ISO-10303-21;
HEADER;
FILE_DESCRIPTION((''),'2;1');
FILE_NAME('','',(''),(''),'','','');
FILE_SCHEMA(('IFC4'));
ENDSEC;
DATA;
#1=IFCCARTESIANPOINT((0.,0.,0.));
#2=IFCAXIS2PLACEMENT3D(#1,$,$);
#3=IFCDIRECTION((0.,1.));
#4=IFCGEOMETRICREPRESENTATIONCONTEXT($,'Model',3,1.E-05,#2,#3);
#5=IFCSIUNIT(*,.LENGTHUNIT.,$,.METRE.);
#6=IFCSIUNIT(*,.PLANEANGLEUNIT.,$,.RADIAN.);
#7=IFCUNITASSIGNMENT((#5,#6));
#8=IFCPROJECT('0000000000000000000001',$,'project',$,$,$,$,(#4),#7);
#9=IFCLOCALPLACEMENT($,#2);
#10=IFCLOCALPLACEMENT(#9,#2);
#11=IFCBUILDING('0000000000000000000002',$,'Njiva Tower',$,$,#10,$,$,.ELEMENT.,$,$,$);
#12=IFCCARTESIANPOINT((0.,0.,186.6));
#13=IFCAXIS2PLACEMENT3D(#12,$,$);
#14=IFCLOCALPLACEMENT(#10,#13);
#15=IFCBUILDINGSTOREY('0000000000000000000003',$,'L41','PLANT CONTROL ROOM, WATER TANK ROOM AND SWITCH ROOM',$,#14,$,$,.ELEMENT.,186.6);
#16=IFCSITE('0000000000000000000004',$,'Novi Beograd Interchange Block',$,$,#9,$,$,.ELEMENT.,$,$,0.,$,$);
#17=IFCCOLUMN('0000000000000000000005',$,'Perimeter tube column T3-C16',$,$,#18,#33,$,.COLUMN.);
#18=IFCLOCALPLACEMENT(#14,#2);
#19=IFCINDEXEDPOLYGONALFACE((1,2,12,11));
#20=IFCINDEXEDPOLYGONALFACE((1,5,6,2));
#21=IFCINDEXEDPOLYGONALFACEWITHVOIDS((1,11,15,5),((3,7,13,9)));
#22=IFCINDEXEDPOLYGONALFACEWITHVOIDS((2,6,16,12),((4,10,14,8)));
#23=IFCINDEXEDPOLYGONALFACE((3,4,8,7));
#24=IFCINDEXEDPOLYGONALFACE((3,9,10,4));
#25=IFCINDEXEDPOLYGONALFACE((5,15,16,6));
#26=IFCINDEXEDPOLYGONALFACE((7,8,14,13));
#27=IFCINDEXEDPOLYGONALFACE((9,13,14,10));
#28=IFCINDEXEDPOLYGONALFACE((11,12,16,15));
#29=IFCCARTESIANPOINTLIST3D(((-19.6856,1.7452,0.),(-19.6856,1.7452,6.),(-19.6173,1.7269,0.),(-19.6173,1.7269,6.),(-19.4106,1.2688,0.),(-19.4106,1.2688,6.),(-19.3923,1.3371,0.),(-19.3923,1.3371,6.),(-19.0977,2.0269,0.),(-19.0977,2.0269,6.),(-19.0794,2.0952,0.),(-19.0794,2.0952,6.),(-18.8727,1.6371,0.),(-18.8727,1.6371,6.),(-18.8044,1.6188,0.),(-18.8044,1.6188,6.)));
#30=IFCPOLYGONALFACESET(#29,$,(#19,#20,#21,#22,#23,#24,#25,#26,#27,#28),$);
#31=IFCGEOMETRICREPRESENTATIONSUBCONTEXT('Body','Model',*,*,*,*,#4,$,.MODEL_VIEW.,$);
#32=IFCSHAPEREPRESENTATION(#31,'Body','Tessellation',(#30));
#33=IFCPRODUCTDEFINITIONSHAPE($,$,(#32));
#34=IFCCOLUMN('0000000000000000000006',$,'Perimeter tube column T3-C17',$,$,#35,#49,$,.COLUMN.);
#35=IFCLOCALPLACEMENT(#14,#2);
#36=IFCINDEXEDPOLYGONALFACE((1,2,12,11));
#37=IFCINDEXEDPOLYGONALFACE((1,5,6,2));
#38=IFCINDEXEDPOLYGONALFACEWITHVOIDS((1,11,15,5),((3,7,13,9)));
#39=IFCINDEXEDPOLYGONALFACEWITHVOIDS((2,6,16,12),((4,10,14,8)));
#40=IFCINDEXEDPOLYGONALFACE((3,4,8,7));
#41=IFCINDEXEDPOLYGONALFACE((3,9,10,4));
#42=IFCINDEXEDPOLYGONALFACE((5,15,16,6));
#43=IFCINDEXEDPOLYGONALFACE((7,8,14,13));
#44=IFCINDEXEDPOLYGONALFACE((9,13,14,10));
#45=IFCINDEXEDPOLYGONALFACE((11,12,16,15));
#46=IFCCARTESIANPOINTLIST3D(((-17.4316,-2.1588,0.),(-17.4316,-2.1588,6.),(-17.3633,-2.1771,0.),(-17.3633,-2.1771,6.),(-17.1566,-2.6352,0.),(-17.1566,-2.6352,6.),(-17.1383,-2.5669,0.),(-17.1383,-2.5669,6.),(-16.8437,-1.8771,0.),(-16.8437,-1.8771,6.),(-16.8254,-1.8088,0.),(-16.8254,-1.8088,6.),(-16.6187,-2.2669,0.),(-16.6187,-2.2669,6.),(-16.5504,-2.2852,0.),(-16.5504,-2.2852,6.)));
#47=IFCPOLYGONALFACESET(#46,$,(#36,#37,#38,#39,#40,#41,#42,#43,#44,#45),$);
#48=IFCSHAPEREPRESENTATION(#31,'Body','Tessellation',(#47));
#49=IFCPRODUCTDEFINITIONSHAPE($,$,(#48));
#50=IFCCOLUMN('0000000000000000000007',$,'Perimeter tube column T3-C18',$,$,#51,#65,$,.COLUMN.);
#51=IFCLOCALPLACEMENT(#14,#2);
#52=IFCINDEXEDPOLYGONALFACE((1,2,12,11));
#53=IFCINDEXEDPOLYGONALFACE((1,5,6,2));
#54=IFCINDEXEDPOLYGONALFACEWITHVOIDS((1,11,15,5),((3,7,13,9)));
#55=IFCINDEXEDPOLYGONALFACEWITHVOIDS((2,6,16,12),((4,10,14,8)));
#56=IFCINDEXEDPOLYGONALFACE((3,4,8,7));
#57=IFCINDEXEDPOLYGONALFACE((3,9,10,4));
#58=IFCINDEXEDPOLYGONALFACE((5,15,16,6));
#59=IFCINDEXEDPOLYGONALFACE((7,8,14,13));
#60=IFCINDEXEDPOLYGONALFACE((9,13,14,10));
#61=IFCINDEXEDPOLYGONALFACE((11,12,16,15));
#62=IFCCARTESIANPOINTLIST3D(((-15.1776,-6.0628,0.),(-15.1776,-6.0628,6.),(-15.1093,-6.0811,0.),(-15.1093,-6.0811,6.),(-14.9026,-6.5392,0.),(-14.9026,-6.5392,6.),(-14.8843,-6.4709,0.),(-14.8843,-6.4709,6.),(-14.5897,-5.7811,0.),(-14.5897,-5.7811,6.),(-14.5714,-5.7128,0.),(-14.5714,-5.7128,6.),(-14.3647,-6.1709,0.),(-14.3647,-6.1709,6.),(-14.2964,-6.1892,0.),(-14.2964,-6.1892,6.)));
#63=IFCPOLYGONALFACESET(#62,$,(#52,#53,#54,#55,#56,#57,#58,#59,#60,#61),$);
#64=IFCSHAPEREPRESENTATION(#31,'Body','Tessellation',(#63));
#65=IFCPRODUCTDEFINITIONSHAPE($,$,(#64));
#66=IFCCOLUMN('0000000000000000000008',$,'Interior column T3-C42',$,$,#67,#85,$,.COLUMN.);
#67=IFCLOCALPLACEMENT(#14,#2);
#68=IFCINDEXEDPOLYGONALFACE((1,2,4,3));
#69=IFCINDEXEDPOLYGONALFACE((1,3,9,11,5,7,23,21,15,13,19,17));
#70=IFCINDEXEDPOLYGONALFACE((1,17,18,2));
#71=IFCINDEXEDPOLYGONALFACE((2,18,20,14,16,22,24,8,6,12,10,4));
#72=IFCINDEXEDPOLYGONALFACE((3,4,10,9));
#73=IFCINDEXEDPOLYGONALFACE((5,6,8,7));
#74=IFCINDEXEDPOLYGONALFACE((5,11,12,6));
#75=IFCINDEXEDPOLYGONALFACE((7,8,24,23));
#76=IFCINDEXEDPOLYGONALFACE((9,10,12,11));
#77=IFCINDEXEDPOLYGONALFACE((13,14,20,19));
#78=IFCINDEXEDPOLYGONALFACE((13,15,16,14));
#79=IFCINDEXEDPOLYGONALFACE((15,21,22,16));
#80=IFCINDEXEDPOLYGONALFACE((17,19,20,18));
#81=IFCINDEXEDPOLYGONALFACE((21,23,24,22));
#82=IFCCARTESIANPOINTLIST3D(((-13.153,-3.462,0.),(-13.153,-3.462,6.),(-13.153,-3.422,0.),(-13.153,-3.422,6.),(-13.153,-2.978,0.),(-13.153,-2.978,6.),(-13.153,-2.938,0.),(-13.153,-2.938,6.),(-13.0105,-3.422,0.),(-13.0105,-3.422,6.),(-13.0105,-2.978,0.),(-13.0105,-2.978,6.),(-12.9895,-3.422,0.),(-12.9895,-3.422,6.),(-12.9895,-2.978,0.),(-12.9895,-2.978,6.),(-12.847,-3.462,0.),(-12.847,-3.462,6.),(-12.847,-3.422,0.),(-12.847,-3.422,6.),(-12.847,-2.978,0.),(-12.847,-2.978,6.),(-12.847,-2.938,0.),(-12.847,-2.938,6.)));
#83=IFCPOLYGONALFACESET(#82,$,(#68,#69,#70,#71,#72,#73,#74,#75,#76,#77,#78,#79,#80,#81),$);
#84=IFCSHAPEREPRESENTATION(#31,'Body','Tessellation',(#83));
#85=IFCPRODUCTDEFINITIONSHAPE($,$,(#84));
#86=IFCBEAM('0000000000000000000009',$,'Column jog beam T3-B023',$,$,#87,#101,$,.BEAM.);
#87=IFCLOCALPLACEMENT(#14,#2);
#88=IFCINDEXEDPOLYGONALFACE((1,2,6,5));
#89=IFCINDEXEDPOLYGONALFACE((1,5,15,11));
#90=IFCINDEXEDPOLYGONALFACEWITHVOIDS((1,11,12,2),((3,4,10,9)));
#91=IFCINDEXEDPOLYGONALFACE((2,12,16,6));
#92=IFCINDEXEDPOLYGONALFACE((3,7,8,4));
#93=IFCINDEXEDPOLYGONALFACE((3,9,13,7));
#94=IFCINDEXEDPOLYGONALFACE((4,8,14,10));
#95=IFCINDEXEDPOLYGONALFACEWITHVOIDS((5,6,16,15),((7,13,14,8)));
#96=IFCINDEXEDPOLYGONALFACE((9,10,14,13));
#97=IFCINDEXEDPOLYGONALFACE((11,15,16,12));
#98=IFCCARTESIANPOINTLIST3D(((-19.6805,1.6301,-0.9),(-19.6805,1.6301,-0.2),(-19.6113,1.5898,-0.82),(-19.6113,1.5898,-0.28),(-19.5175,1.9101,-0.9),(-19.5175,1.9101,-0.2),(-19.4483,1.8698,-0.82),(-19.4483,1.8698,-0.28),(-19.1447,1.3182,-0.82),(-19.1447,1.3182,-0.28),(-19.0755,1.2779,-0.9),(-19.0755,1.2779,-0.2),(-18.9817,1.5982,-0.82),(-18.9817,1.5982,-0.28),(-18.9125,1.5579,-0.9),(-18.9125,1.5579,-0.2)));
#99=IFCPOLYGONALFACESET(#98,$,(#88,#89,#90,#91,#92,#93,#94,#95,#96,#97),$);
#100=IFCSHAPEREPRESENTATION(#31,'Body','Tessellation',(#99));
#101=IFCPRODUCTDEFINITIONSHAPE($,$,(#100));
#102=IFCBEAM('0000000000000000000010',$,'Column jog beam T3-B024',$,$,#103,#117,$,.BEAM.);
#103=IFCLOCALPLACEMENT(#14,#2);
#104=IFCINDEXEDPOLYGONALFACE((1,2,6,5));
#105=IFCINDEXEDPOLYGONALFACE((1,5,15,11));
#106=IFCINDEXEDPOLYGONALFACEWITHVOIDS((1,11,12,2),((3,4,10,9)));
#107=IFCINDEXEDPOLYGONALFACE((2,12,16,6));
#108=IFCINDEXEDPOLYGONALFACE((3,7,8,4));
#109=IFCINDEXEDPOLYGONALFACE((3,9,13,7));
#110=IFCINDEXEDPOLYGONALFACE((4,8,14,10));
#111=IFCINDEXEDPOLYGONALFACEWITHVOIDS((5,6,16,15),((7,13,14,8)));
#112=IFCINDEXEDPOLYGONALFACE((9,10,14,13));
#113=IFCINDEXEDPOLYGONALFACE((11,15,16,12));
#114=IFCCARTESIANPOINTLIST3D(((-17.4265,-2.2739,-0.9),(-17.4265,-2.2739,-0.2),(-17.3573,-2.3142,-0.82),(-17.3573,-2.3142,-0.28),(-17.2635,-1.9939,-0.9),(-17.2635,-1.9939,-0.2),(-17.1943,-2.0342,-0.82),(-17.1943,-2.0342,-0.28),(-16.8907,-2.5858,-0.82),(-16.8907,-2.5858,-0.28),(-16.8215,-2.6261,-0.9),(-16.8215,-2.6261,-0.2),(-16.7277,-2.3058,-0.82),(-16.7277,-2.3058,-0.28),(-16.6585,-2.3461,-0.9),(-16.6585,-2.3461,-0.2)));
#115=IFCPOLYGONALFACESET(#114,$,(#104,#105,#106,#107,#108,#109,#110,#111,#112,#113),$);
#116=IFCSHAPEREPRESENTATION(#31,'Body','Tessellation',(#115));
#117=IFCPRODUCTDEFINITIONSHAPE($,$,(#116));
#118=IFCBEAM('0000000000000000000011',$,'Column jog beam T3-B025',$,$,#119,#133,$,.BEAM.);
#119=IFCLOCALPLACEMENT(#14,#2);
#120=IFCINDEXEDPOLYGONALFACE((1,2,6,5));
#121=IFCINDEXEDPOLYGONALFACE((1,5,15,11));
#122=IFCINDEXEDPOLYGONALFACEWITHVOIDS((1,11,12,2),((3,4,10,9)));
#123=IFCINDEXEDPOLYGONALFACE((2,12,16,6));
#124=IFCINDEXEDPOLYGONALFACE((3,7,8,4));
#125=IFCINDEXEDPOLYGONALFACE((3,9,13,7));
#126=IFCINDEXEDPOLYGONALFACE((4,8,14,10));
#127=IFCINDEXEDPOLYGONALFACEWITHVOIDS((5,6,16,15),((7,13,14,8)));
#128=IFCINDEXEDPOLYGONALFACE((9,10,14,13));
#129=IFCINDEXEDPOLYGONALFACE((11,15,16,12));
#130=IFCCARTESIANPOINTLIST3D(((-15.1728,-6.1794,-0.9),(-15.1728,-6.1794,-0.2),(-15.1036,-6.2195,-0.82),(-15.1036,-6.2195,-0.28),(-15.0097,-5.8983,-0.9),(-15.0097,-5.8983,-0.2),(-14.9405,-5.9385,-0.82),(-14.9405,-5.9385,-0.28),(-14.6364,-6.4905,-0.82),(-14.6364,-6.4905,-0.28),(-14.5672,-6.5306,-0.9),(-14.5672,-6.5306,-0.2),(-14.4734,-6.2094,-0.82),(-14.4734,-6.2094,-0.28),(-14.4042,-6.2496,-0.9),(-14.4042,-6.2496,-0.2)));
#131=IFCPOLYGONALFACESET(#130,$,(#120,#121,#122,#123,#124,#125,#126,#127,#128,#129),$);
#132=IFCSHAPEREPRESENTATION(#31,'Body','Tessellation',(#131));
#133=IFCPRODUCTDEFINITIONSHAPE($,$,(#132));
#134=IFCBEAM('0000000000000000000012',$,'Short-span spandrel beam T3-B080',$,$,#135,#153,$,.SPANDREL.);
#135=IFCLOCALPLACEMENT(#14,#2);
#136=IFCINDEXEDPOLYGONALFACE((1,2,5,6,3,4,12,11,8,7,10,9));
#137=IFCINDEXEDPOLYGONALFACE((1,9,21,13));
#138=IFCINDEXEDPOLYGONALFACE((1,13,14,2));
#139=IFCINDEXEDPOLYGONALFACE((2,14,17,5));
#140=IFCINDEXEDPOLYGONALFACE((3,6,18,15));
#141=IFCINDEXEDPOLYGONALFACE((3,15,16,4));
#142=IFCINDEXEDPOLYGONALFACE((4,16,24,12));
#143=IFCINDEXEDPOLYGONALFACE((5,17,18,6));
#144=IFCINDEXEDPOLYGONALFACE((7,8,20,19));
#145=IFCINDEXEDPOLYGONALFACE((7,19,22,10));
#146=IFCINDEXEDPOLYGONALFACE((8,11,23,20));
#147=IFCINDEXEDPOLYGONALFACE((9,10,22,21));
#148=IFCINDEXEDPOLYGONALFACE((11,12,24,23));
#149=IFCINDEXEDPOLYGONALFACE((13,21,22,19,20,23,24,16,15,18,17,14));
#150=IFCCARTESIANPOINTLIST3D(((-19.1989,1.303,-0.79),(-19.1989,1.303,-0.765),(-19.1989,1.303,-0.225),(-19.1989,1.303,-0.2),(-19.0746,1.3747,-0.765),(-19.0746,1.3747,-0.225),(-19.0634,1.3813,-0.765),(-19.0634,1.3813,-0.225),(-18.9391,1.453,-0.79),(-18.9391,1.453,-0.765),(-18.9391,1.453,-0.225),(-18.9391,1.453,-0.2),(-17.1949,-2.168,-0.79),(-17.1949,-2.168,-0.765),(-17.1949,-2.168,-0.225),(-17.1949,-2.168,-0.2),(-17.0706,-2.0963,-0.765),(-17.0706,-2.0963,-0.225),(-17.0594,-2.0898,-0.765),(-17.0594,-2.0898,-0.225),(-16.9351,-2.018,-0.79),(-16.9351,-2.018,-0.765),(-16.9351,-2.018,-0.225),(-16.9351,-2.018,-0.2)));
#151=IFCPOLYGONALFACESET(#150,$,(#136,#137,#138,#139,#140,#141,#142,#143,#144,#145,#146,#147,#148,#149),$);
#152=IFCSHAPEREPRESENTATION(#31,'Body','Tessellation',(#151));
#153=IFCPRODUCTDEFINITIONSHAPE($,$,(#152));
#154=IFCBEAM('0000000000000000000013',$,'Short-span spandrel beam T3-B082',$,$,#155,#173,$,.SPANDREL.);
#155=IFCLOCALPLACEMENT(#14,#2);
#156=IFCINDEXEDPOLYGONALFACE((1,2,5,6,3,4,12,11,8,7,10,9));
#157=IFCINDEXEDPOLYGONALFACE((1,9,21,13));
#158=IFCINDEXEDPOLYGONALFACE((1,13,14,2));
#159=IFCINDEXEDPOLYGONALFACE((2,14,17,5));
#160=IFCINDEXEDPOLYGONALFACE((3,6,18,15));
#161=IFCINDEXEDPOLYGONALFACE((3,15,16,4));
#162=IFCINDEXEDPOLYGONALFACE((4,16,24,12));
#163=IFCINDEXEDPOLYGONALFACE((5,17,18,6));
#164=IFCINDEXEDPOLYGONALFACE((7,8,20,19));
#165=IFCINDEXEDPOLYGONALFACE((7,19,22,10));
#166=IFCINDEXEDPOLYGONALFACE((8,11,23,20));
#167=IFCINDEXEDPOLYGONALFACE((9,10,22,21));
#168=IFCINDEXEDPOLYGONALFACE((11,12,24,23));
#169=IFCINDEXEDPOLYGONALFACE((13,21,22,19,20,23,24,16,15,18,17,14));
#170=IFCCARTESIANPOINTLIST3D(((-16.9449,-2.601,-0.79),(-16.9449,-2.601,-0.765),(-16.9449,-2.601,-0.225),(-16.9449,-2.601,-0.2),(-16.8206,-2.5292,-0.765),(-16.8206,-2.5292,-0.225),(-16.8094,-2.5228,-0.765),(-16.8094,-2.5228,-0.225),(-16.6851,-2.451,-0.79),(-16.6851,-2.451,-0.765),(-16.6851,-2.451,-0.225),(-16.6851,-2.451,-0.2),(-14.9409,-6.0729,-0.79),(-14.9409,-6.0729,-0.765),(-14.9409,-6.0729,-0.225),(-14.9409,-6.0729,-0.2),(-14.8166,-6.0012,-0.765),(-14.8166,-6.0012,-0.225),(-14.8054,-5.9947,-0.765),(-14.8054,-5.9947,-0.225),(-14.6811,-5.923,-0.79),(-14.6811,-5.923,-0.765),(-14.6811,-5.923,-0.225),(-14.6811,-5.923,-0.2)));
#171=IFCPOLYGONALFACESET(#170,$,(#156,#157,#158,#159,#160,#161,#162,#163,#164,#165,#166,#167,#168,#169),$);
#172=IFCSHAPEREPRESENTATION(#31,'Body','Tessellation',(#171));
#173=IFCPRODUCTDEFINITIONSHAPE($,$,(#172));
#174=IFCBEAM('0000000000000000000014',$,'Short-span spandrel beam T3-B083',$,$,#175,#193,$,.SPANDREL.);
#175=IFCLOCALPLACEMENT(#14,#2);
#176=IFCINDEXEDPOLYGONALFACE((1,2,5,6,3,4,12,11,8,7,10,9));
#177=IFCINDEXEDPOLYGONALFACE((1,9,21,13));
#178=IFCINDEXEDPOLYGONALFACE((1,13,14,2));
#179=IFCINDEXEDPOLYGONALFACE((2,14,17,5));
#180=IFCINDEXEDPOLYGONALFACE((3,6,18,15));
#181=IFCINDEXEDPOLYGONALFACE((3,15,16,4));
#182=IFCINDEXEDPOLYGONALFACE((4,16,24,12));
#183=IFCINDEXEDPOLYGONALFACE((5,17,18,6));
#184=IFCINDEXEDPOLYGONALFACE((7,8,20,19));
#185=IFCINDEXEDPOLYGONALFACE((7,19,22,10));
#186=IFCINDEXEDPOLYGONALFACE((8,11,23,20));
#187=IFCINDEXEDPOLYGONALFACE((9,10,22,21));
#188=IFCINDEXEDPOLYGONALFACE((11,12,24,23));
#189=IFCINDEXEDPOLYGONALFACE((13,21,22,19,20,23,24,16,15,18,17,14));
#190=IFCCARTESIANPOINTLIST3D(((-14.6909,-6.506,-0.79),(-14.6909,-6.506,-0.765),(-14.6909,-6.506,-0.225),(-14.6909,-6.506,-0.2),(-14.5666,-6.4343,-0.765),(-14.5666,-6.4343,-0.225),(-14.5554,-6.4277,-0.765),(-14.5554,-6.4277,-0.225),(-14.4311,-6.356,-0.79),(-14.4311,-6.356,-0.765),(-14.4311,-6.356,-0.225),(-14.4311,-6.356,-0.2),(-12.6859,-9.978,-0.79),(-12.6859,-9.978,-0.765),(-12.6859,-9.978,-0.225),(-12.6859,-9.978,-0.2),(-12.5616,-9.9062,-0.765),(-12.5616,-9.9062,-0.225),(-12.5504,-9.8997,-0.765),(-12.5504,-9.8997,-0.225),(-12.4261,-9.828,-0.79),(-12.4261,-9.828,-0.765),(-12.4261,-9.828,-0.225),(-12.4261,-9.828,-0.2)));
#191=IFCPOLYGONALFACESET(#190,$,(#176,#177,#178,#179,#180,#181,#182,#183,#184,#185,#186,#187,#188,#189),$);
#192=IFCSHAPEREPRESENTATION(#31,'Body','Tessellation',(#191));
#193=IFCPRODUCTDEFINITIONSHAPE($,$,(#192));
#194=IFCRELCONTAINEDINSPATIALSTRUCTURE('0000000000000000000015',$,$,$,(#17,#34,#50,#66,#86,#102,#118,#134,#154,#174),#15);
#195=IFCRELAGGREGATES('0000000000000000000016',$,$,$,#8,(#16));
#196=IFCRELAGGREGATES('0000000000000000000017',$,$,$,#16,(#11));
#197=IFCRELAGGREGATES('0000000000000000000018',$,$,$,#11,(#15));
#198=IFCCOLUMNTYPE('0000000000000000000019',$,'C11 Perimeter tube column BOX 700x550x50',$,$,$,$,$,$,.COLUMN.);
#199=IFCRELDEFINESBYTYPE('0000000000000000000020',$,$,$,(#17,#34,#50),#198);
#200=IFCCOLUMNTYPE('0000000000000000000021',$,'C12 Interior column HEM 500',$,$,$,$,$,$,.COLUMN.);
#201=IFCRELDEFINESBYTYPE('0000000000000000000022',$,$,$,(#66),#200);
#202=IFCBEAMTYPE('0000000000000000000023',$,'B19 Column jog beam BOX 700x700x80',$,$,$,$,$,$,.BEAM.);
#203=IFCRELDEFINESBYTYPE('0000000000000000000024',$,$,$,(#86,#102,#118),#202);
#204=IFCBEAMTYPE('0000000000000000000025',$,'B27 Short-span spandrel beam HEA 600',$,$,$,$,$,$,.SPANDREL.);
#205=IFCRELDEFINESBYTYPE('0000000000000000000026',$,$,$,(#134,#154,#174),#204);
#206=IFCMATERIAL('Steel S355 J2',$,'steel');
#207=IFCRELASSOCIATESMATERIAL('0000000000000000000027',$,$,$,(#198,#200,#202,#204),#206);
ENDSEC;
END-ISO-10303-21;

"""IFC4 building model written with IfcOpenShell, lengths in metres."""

from ifc_helpers import new_model, si_unit, direction, frame, origin, origin_2d, place, context, subcontext, project, spatial, hollow_rectangle, i_section, extrude, material, material_profile, profile_set, type_object, element, save


model = new_model("IFC4")

# Units and contexts
model_context = context("Model", 3, precision=1e-05, world=origin(), true_north=direction((0.0, 1.0)))
body_context = subcontext(model_context, "Body", "Model", "MODEL_VIEW")
ifc_project = project(units=[si_unit("LENGTHUNIT", "METRE"), si_unit("PLANEANGLEUNIT", "RADIAN")], contexts=[model_context])

# Site, building, storey
site_placement = place(None, origin())
site = spatial("IfcSite", under=ifc_project, at=site_placement, Name="Novi Beograd Interchange Block", CompositionType="ELEMENT", RefElevation=0.0)
building_placement = place(site_placement, origin())
building = spatial("IfcBuilding", under=site, at=building_placement, Name="Njiva Tower", CompositionType="ELEMENT")
storey_placement = place(building_placement, frame((0.0, 0.0, 186.6)))
storey = spatial("IfcBuildingStorey", under=building, at=storey_placement, Name="L41", Description="PLANT CONTROL ROOM, WATER TANK ROOM AND SWITCH ROOM", CompositionType="ELEMENT", Elevation=186.6)

# Columns
ifc_material_1 = material(Name="Steel S355 J2", Category="steel")
ifc_material_profile_1 = material_profile(ifc_material_1, hollow_rectangle(XDim=0.55, YDim=0.7, WallThickness=0.05, at=origin_2d()), Name="BOX 700x550x50")
ifc_profile_set_1 = profile_set([ifc_material_profile_1], Name="Steel S355 J2")
column_type_1 = type_object("IfcColumnType", Name="C11 Perimeter tube column BOX 700x550x50", PredefinedType="COLUMN", material=ifc_profile_set_1)
for number, where, z_axis, x_axis, name in (
    (1, (-19.245, 1.682, 0.0), (0.0, 0.0, 1.0), (0.5, -0.866025, 0.0), "Perimeter tube column T3-C16"),
    (2, (-16.991, -2.222, 0.0), (0.0, 0.0, 1.0), (0.5, -0.866025, 0.0), "Perimeter tube column T3-C17"),
    (3, (-14.737, -6.126, 0.0), (0.0, 0.0, 1.0), (0.5, -0.866025, 0.0), "Perimeter tube column T3-C18"),
):
    element("IfcColumn", number, at=place(storey_placement, frame(where, z_axis=z_axis, x_axis=x_axis)), inside=storey, type_object=column_type_1, Name=name, PredefinedType="COLUMN", context=body_context, shape_type="SweptSolid", body=[
        extrude(hollow_rectangle(XDim=0.55, YDim=0.7, WallThickness=0.05, at=origin_2d()), origin(), (0.0, 0.0, 1.0), 6.0),
    ])
ifc_material_profile_2 = material_profile(ifc_material_1, i_section(OverallWidth=0.306, OverallDepth=0.524, WebThickness=0.021, FlangeThickness=0.04, at=origin_2d()), Name="HEM 500")
ifc_profile_set_2 = profile_set([ifc_material_profile_2], Name="Steel S355 J2")
column_type_2 = type_object("IfcColumnType", Name="C12 Interior column HEM 500", PredefinedType="COLUMN", material=ifc_profile_set_2)
column_placement = place(storey_placement, frame((-13.0, -3.2, 0.0), z_axis=(0.0, 0.0, 1.0), x_axis=(1.0, 0.0, 0.0)))
element("IfcColumn", 4, at=column_placement, inside=storey, type_object=column_type_2, Name="Interior column T3-C42", PredefinedType="COLUMN", context=body_context, shape_type="SweptSolid", body=[
    extrude(i_section(OverallWidth=0.306, OverallDepth=0.524, WebThickness=0.021, FlangeThickness=0.04, at=origin_2d()), origin(), (0.0, 0.0, 1.0), 6.0),
])

# Beams
ifc_material_profile_3 = material_profile(ifc_material_1, hollow_rectangle(XDim=0.7, YDim=0.7, WallThickness=0.08, at=origin_2d()), Name="BOX 700x700x80")
ifc_profile_set_3 = profile_set([ifc_material_profile_3], Name="Steel S355 J2")
beam_type_1 = type_object("IfcBeamType", Name="B19 Column jog beam BOX 700x700x80", PredefinedType="BEAM", material=ifc_profile_set_3)
for number, where, z_axis, x_axis, name in (
    (5, (-19.378, 1.454, -0.55), (0.503103, 0.864226, 0.0), (-0.864226, 0.503103, 0.0), "Column jog beam T3-B023"),
    (6, (-17.124, -2.45, -0.55), (0.503103, 0.864226, 0.0), (-0.864226, 0.503103, 0.0), "Column jog beam T3-B024"),
):
    element("IfcBeam", number, at=place(storey_placement, frame(where, z_axis=z_axis, x_axis=x_axis)), inside=storey, type_object=beam_type_1, Name=name, PredefinedType="BEAM", context=body_context, shape_type="SweptSolid", body=[
        extrude(hollow_rectangle(XDim=0.7, YDim=0.7, WallThickness=0.08, at=origin_2d()), origin(), (0.0, 0.0, 1.0), 0.324),
    ])
beam_1_placement = place(storey_placement, frame((-14.87, -6.355, -0.55), z_axis=(0.501764, 0.865004, 0.0), x_axis=(-0.865004, 0.501764, 0.0)))
element("IfcBeam", 7, at=beam_1_placement, inside=storey, type_object=beam_type_1, Name="Column jog beam T3-B025", PredefinedType="BEAM", context=body_context, shape_type="SweptSolid", body=[
    extrude(hollow_rectangle(XDim=0.7, YDim=0.7, WallThickness=0.08, at=origin_2d()), origin(), (0.0, 0.0, 1.0), 0.3249),
])
ifc_material_profile_4 = material_profile(ifc_material_1, i_section(OverallWidth=0.3, OverallDepth=0.59, WebThickness=0.013, FlangeThickness=0.025, at=origin_2d()), Name="HEA 600")
ifc_profile_set_4 = profile_set([ifc_material_profile_4], Name="Steel S355 J2")
beam_type_2 = type_object("IfcBeamType", Name="B27 Short-span spandrel beam HEA 600", PredefinedType="SPANDREL", material=ifc_profile_set_4)
beam_2_placement = place(storey_placement, frame((-19.069, 1.378, -0.495), z_axis=(0.500003, -0.866024, 0.0), x_axis=(0.866024, 0.500003, 0.0)))
element("IfcBeam", 8, at=beam_2_placement, inside=storey, type_object=beam_type_2, Name="Short-span spandrel beam T3-B080", PredefinedType="SPANDREL", context=body_context, shape_type="SweptSolid", body=[
    extrude(i_section(OverallWidth=0.3, OverallDepth=0.59, WebThickness=0.013, FlangeThickness=0.025, at=origin_2d()), origin(), (0.0, 0.0, 1.0), 4.008),
])
beam_3_placement = place(storey_placement, frame((-16.815, -2.526, -0.495), z_axis=(0.499895, -0.866086, 0.0), x_axis=(0.866086, 0.499895, 0.0)))
element("IfcBeam", 9, at=beam_3_placement, inside=storey, type_object=beam_type_2, Name="Short-span spandrel beam T3-B082", PredefinedType="SPANDREL", context=body_context, shape_type="SweptSolid", body=[
    extrude(i_section(OverallWidth=0.3, OverallDepth=0.59, WebThickness=0.013, FlangeThickness=0.025, at=origin_2d()), origin(), (0.0, 0.0, 1.0), 4.0088),
])
beam_4_placement = place(storey_placement, frame((-14.561, -6.431, -0.495), z_axis=(0.500082, -0.865978, 0.0), x_axis=(0.865978, 0.500082, 0.0)))
element("IfcBeam", 10, at=beam_4_placement, inside=storey, type_object=beam_type_2, Name="Short-span spandrel beam T3-B083", PredefinedType="SPANDREL", context=body_context, shape_type="SweptSolid", body=[
    extrude(i_section(OverallWidth=0.3, OverallDepth=0.59, WebThickness=0.013, FlangeThickness=0.025, at=origin_2d()), origin(), (0.0, 0.0, 1.0), 4.0093),
])

save(model, "model.ifc")
